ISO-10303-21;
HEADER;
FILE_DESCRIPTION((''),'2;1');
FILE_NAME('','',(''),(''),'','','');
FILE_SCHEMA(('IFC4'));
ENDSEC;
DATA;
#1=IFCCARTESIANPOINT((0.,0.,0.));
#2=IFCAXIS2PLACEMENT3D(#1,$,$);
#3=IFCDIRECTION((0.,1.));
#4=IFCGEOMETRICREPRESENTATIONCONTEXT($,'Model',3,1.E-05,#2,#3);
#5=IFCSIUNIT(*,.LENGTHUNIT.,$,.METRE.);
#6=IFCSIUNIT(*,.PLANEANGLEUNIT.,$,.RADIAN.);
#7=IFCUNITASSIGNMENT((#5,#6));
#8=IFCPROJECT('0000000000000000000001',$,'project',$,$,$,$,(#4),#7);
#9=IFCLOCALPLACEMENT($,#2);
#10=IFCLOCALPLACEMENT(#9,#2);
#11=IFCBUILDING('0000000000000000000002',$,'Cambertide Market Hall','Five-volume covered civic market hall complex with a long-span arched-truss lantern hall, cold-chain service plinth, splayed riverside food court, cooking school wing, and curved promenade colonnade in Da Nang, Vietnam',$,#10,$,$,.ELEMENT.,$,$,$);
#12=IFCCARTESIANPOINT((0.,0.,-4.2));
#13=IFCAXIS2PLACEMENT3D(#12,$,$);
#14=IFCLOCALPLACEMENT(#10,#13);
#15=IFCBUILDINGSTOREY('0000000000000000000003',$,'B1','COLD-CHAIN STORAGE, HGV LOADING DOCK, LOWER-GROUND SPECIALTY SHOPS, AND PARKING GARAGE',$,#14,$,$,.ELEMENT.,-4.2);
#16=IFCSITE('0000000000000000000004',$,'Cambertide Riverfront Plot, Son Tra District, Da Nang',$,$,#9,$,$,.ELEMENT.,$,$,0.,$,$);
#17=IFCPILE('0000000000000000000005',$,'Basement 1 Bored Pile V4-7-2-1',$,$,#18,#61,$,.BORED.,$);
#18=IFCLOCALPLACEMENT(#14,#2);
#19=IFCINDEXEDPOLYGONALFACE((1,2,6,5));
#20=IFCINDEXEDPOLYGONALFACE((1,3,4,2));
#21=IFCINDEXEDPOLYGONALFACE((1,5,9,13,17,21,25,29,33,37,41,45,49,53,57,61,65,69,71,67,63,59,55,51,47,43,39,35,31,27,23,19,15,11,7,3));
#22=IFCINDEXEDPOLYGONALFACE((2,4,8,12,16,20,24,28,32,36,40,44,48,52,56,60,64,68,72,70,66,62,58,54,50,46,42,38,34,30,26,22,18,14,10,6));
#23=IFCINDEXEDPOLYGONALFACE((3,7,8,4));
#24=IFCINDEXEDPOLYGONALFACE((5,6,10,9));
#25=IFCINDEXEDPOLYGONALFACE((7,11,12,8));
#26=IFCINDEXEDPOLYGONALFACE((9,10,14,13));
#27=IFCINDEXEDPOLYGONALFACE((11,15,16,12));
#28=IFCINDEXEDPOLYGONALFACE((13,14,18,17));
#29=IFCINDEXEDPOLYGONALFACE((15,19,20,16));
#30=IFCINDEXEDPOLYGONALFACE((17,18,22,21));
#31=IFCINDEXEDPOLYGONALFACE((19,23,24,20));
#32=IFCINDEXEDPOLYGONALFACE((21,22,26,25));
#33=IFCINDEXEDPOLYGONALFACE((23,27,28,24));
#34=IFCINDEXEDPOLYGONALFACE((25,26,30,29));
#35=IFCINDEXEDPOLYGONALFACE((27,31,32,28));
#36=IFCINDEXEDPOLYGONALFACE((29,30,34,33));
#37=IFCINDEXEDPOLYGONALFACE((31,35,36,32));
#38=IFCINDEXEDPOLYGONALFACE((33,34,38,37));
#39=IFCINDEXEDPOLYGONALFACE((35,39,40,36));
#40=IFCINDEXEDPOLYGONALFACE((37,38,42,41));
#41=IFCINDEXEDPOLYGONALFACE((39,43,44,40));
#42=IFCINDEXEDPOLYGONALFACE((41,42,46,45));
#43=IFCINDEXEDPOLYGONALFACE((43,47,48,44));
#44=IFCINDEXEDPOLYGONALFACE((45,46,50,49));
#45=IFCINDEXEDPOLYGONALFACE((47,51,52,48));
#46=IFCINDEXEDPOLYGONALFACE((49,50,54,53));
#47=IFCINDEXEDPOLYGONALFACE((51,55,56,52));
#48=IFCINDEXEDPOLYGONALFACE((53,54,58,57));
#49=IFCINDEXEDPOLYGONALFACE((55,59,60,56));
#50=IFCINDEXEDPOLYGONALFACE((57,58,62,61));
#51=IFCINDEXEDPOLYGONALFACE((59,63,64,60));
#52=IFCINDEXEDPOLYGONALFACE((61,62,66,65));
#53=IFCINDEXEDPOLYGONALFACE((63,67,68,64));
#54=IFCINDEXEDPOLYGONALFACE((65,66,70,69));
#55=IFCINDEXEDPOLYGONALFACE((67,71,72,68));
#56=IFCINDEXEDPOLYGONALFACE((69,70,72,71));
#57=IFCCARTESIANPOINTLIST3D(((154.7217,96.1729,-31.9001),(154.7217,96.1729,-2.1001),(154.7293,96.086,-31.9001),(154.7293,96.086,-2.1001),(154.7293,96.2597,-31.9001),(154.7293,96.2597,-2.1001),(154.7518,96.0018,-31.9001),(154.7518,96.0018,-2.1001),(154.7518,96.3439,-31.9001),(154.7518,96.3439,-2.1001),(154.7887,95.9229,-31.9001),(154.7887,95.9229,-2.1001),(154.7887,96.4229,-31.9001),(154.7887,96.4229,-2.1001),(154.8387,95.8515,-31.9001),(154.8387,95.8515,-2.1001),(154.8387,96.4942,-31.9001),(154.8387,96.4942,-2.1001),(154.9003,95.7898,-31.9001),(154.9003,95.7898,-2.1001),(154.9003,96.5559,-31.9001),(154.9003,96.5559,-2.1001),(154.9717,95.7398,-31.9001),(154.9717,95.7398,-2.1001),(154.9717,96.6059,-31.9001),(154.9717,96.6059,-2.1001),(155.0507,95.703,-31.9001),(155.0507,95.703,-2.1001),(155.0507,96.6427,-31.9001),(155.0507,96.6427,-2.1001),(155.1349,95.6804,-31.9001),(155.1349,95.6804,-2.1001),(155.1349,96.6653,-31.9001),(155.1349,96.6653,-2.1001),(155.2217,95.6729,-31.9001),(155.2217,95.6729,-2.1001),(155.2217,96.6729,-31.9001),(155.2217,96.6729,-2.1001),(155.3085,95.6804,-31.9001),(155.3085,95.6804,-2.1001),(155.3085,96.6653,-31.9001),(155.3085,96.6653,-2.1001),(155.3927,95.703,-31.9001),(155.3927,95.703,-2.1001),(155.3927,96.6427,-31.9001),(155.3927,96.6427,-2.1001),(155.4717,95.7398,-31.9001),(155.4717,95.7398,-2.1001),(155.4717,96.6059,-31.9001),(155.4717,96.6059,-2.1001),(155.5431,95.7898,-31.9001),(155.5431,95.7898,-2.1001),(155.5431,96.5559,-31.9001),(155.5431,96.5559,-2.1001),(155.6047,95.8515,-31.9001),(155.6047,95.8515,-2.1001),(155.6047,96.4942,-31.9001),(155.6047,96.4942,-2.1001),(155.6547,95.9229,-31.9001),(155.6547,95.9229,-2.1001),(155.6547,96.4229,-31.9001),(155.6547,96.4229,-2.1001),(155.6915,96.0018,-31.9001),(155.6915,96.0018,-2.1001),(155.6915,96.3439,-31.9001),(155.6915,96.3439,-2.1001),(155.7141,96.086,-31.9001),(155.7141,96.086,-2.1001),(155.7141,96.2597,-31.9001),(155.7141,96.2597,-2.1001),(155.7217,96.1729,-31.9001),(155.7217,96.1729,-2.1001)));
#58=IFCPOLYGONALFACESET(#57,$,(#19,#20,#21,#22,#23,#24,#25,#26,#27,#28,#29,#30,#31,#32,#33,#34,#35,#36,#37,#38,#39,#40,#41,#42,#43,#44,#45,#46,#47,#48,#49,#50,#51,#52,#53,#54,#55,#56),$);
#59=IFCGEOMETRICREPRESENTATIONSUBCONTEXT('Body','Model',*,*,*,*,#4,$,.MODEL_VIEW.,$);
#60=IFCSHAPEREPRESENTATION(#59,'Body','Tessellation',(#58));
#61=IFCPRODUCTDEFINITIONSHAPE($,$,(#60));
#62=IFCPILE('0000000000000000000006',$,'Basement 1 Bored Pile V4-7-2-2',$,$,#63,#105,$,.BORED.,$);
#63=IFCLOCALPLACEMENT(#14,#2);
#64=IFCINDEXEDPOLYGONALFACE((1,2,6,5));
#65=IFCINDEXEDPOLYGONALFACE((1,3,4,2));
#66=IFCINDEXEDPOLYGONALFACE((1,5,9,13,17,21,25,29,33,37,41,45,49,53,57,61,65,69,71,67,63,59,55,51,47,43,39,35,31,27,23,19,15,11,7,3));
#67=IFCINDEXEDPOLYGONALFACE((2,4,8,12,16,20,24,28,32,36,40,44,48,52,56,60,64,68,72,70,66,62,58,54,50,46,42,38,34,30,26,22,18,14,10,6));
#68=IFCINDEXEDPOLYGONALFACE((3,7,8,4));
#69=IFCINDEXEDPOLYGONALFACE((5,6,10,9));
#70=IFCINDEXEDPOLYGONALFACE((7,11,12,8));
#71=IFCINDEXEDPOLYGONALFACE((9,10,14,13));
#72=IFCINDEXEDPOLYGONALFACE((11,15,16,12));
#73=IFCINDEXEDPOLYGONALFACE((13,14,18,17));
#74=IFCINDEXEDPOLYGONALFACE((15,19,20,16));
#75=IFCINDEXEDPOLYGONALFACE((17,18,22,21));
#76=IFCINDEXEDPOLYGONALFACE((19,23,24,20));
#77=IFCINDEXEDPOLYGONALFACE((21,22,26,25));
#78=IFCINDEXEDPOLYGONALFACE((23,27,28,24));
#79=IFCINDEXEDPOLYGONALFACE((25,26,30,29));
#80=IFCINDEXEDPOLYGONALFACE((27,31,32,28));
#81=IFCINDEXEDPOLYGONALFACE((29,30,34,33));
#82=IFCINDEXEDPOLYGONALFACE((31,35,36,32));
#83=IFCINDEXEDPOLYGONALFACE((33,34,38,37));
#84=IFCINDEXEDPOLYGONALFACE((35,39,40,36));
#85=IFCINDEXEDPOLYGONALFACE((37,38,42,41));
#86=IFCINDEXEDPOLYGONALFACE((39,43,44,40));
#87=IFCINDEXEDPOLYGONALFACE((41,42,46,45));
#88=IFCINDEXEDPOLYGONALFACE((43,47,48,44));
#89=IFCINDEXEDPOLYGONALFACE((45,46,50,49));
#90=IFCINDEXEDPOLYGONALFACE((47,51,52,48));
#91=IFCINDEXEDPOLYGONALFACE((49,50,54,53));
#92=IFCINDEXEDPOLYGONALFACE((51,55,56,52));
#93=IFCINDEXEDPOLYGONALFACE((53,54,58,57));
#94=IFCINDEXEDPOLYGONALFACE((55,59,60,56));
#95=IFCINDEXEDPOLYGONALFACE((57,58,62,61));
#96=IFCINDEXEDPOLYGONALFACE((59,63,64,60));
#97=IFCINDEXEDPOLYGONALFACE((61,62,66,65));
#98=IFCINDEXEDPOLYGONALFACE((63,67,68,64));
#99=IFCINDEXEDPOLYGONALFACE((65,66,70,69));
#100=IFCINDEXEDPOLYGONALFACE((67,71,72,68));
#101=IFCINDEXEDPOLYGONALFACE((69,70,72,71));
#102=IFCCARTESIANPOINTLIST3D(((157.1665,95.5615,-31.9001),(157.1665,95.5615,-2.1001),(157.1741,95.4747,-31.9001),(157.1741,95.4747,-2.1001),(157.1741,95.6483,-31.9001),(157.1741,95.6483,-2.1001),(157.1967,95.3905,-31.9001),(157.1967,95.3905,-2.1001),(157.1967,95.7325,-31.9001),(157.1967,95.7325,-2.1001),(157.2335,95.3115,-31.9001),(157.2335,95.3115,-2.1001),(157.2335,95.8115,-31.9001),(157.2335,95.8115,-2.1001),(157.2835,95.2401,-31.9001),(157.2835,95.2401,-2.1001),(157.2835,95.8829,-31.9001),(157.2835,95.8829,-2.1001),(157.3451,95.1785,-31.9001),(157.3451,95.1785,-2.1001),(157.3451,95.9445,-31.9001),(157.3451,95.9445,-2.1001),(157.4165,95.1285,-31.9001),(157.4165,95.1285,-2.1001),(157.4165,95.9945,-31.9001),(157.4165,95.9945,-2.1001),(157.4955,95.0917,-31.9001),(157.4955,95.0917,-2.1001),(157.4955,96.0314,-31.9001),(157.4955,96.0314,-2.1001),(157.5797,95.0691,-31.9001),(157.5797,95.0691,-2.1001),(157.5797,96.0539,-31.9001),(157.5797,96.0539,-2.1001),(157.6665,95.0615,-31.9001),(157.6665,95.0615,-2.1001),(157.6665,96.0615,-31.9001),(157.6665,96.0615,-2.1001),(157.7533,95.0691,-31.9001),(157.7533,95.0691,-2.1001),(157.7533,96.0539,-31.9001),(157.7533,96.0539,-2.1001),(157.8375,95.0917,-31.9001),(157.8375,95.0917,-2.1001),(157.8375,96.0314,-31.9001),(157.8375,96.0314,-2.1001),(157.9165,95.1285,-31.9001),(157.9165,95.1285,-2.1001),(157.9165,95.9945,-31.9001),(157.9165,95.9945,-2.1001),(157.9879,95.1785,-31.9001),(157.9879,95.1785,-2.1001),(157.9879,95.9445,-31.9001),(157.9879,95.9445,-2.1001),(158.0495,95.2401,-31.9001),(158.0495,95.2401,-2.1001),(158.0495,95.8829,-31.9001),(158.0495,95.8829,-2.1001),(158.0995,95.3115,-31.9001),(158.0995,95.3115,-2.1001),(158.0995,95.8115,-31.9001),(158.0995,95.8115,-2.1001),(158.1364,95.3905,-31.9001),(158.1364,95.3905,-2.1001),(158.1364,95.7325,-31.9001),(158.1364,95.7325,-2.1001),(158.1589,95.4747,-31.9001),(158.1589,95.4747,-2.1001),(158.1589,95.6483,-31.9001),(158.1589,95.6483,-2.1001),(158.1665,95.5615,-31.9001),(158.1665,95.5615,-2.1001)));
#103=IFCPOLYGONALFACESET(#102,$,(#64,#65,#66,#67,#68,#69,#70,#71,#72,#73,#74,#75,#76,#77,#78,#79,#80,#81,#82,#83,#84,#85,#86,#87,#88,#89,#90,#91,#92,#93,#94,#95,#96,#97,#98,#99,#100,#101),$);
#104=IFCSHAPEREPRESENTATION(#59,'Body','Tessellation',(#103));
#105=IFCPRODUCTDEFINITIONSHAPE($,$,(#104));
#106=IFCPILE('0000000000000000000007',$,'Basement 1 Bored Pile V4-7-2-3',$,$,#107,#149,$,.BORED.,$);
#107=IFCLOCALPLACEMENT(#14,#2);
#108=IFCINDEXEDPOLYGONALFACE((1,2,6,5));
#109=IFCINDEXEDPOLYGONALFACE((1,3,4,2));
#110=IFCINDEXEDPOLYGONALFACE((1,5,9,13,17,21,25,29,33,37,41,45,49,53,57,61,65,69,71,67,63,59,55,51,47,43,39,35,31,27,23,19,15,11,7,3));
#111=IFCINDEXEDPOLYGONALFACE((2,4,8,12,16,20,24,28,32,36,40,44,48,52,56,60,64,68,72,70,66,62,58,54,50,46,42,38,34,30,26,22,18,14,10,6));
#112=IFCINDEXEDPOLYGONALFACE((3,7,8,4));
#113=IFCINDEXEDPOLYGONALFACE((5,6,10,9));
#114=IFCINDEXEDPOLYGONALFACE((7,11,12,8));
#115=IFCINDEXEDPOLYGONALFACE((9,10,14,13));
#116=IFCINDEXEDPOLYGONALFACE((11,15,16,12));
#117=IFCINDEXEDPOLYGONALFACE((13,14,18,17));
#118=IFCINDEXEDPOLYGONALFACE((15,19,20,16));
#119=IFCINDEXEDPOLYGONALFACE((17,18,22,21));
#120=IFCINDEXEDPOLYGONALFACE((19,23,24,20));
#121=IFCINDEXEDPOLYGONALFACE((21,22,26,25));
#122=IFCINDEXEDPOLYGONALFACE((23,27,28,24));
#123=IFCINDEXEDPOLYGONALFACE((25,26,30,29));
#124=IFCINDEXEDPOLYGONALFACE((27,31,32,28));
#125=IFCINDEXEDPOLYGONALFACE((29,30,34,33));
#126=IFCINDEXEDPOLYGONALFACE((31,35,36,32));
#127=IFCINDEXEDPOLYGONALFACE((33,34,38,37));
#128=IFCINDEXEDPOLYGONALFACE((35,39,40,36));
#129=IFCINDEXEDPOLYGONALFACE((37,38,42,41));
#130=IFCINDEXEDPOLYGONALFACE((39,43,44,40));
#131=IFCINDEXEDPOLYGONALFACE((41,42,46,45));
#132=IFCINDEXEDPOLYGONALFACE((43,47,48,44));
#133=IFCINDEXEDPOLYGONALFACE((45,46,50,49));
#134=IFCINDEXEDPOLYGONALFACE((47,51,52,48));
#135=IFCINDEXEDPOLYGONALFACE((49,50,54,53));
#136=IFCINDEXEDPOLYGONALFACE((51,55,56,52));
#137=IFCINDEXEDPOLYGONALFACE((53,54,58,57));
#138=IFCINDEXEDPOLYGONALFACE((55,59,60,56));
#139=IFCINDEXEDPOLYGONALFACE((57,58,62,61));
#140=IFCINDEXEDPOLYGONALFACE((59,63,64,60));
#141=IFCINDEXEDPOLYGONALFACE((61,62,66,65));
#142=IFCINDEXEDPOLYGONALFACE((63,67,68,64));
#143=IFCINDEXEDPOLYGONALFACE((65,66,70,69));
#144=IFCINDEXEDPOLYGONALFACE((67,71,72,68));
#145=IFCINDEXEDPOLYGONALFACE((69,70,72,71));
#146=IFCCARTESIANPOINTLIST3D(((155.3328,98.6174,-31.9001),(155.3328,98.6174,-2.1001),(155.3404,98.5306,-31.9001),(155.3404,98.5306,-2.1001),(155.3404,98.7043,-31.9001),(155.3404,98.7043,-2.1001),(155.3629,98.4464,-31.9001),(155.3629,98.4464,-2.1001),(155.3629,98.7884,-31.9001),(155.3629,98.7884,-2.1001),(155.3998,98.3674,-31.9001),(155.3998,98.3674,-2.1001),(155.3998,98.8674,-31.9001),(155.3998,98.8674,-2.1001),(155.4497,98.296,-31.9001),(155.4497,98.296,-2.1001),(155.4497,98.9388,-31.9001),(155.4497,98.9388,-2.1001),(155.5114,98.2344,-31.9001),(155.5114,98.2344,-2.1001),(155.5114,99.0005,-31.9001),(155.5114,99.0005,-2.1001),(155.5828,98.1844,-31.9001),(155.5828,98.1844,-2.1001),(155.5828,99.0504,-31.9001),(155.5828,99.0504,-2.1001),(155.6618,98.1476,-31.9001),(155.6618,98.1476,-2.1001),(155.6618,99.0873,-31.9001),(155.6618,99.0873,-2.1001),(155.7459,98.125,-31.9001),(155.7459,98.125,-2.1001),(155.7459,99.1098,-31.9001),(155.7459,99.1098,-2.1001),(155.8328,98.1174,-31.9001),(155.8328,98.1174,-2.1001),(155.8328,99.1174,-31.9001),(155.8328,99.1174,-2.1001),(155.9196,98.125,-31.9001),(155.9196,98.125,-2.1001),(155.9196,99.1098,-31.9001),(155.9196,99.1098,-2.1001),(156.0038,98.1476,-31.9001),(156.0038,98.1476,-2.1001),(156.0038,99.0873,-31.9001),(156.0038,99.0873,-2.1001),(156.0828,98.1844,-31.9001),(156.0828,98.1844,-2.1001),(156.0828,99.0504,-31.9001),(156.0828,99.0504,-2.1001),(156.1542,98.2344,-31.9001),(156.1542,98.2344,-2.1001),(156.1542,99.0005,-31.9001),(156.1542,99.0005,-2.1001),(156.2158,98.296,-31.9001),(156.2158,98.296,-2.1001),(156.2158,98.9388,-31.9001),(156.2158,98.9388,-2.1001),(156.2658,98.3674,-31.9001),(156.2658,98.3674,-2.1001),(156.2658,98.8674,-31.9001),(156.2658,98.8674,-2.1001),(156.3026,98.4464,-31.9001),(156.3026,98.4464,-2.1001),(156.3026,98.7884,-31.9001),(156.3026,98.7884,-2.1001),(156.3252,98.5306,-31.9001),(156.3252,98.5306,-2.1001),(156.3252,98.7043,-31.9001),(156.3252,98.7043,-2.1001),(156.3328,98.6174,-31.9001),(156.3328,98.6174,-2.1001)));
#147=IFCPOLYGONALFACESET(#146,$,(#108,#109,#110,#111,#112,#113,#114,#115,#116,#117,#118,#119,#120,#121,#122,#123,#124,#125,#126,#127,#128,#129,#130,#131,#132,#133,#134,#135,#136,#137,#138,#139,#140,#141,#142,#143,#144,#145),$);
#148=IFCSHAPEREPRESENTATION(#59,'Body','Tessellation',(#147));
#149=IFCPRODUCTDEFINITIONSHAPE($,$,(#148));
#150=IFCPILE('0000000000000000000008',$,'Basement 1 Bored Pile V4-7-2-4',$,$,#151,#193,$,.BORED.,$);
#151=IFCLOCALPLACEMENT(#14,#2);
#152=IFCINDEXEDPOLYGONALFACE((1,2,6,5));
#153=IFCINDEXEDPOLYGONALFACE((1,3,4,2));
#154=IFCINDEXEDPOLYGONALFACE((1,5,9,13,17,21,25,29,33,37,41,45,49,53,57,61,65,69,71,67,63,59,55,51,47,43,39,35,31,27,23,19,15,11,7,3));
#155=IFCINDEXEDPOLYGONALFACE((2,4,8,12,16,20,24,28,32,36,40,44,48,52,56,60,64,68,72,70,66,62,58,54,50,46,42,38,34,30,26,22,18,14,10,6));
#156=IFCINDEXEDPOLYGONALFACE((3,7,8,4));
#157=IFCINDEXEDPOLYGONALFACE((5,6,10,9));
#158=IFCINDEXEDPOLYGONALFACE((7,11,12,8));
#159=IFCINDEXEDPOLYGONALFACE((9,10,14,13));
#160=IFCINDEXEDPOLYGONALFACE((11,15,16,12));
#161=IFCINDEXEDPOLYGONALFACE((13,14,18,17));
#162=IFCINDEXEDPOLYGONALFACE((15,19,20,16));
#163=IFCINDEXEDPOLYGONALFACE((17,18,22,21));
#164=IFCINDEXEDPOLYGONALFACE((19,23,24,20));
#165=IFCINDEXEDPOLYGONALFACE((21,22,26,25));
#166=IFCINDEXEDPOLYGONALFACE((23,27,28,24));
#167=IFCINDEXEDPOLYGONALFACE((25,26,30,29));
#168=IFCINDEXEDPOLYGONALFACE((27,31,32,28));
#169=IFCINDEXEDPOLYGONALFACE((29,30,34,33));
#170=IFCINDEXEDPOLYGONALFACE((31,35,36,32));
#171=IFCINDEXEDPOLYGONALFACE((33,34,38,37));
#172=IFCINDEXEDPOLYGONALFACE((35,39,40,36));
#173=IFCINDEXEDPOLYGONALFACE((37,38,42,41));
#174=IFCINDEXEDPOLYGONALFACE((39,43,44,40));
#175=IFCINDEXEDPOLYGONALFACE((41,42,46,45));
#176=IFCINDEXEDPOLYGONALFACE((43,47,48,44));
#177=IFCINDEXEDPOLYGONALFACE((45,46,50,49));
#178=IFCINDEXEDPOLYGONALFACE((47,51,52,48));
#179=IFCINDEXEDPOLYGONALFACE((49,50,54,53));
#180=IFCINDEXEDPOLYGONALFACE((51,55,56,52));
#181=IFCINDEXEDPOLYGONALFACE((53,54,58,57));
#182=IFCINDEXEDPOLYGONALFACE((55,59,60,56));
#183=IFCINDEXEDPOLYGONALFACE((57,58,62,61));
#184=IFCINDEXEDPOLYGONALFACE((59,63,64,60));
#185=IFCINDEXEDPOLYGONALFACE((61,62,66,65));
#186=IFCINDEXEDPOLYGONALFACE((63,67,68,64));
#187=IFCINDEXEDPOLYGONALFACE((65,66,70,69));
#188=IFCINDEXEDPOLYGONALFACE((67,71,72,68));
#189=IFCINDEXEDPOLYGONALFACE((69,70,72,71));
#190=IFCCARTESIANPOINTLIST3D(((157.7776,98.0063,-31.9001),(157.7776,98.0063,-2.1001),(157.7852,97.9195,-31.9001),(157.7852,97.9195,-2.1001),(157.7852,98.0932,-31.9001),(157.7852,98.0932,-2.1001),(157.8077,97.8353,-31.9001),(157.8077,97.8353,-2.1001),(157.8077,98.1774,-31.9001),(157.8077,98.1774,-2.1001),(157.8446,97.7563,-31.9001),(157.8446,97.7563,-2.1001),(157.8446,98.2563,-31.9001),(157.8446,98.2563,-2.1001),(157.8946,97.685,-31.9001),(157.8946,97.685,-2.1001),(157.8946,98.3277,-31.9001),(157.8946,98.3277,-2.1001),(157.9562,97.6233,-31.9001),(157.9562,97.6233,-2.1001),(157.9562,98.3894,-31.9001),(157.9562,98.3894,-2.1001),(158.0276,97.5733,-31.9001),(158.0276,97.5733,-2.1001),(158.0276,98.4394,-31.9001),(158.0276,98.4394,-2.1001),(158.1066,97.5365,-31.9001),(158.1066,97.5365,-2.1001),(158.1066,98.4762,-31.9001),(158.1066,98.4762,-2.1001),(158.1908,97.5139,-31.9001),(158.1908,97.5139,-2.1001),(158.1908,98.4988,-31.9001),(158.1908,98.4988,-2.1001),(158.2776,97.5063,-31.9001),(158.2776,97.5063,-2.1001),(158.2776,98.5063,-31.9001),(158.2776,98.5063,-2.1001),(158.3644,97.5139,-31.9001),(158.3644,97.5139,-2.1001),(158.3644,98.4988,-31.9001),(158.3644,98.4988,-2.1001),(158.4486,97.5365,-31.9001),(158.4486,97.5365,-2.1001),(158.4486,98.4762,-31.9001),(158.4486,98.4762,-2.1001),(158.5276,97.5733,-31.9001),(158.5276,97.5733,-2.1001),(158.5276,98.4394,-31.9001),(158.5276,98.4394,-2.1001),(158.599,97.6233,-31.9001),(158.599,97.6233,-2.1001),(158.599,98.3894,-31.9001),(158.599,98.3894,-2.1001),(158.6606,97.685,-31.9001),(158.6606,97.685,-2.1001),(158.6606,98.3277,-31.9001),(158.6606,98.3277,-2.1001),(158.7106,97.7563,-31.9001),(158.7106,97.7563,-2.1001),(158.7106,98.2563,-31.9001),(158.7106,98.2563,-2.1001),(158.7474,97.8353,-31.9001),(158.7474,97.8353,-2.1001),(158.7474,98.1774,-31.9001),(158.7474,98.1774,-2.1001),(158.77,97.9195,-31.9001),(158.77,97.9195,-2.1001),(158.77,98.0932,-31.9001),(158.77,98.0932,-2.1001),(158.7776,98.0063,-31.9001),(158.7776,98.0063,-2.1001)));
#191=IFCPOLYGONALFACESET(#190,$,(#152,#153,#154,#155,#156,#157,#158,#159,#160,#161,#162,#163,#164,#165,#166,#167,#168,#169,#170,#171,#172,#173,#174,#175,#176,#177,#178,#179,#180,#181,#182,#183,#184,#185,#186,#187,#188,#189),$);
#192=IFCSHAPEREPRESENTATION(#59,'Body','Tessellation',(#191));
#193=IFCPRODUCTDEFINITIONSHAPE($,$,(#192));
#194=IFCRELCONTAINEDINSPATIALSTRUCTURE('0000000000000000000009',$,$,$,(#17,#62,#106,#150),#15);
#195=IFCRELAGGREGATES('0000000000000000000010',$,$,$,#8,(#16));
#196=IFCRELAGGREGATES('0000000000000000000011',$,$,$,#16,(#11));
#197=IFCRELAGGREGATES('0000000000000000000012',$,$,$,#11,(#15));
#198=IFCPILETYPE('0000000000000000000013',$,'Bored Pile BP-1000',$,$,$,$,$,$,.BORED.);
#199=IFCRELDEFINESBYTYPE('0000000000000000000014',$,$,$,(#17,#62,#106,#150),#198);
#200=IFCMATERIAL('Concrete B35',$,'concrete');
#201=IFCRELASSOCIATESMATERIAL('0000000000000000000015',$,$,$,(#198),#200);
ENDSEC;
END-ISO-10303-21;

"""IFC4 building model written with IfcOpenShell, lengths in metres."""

from ifc_helpers import new_model, si_unit, direction, frame, origin, origin_2d, place, context, subcontext, project, spatial, circle, extrude, material, material_profile, profile_set, type_object, element, save


model = new_model("IFC4")

# Units and contexts
model_context = context("Model", 3, precision=1e-05, world=origin(), true_north=direction((0.0, 1.0)))
body_context = subcontext(model_context, "Body", "Model", "MODEL_VIEW")
ifc_project = project(units=[si_unit("LENGTHUNIT", "METRE"), si_unit("PLANEANGLEUNIT", "RADIAN")], contexts=[model_context])

# Site, building, storey
site_placement = place(None, origin())
site = spatial("IfcSite", under=ifc_project, at=site_placement, Name="Cambertide Riverfront Plot, Son Tra District, Da Nang", CompositionType="ELEMENT", RefElevation=0.0)
building_placement = place(site_placement, origin())
building = spatial("IfcBuilding", under=site, at=building_placement, Name="Cambertide Market Hall", Description="Five-volume covered civic market hall complex with a long-span arched-truss lantern hall, cold-chain service plinth, splayed riverside food court, cooking school wing, and curved promenade colonnade in Da Nang, Vietnam", CompositionType="ELEMENT")
storey_placement = place(building_placement, frame((0.0, 0.0, -4.2)))
storey = spatial("IfcBuildingStorey", under=building, at=storey_placement, Name="B1", Description="COLD-CHAIN STORAGE, HGV LOADING DOCK, LOWER-GROUND SPECIALTY SHOPS, AND PARKING GARAGE", CompositionType="ELEMENT", Elevation=-4.2)

# Piles
ifc_material_1 = material(Name="Concrete B35", Category="concrete")
ifc_material_profile_1 = material_profile(ifc_material_1, circle(Radius=0.5, at=origin_2d()), Name="BP D1000")
ifc_profile_set_1 = profile_set([ifc_material_profile_1], Name="Concrete B35")
pile_type_1 = type_object("IfcPileType", Name="Bored Pile BP-1000", PredefinedType="BORED", material=ifc_profile_set_1)
for number, where, z_axis, x_axis, name in (
    (1, (155.2217, 96.1729, -2.1001), (0.0, 0.0, -1.0), (1.0, 0.0, 0.0), "Basement 1 Bored Pile V4-7-2-1"),
    (2, (157.6665, 95.5615, -2.1001), (0.0, 0.0, -1.0), (1.0, 0.0, 0.0), "Basement 1 Bored Pile V4-7-2-2"),
    (3, (155.8328, 98.6174, -2.1001), (0.0, 0.0, -1.0), (1.0, 0.0, 0.0), "Basement 1 Bored Pile V4-7-2-3"),
    (4, (158.2776, 98.0063, -2.1001), (0.0, 0.0, -1.0), (1.0, 0.0, 0.0), "Basement 1 Bored Pile V4-7-2-4"),
):
    element("IfcPile", number, at=place(storey_placement, frame(where, z_axis=z_axis, x_axis=x_axis)), inside=storey, type_object=pile_type_1, Name=name, PredefinedType="BORED", context=body_context, shape_type="SweptSolid", body=[
        extrude(circle(Radius=0.5, at=origin_2d()), origin(), (0.0, 0.0, 1.0), 29.8),
    ])

save(model, "model.ifc")
